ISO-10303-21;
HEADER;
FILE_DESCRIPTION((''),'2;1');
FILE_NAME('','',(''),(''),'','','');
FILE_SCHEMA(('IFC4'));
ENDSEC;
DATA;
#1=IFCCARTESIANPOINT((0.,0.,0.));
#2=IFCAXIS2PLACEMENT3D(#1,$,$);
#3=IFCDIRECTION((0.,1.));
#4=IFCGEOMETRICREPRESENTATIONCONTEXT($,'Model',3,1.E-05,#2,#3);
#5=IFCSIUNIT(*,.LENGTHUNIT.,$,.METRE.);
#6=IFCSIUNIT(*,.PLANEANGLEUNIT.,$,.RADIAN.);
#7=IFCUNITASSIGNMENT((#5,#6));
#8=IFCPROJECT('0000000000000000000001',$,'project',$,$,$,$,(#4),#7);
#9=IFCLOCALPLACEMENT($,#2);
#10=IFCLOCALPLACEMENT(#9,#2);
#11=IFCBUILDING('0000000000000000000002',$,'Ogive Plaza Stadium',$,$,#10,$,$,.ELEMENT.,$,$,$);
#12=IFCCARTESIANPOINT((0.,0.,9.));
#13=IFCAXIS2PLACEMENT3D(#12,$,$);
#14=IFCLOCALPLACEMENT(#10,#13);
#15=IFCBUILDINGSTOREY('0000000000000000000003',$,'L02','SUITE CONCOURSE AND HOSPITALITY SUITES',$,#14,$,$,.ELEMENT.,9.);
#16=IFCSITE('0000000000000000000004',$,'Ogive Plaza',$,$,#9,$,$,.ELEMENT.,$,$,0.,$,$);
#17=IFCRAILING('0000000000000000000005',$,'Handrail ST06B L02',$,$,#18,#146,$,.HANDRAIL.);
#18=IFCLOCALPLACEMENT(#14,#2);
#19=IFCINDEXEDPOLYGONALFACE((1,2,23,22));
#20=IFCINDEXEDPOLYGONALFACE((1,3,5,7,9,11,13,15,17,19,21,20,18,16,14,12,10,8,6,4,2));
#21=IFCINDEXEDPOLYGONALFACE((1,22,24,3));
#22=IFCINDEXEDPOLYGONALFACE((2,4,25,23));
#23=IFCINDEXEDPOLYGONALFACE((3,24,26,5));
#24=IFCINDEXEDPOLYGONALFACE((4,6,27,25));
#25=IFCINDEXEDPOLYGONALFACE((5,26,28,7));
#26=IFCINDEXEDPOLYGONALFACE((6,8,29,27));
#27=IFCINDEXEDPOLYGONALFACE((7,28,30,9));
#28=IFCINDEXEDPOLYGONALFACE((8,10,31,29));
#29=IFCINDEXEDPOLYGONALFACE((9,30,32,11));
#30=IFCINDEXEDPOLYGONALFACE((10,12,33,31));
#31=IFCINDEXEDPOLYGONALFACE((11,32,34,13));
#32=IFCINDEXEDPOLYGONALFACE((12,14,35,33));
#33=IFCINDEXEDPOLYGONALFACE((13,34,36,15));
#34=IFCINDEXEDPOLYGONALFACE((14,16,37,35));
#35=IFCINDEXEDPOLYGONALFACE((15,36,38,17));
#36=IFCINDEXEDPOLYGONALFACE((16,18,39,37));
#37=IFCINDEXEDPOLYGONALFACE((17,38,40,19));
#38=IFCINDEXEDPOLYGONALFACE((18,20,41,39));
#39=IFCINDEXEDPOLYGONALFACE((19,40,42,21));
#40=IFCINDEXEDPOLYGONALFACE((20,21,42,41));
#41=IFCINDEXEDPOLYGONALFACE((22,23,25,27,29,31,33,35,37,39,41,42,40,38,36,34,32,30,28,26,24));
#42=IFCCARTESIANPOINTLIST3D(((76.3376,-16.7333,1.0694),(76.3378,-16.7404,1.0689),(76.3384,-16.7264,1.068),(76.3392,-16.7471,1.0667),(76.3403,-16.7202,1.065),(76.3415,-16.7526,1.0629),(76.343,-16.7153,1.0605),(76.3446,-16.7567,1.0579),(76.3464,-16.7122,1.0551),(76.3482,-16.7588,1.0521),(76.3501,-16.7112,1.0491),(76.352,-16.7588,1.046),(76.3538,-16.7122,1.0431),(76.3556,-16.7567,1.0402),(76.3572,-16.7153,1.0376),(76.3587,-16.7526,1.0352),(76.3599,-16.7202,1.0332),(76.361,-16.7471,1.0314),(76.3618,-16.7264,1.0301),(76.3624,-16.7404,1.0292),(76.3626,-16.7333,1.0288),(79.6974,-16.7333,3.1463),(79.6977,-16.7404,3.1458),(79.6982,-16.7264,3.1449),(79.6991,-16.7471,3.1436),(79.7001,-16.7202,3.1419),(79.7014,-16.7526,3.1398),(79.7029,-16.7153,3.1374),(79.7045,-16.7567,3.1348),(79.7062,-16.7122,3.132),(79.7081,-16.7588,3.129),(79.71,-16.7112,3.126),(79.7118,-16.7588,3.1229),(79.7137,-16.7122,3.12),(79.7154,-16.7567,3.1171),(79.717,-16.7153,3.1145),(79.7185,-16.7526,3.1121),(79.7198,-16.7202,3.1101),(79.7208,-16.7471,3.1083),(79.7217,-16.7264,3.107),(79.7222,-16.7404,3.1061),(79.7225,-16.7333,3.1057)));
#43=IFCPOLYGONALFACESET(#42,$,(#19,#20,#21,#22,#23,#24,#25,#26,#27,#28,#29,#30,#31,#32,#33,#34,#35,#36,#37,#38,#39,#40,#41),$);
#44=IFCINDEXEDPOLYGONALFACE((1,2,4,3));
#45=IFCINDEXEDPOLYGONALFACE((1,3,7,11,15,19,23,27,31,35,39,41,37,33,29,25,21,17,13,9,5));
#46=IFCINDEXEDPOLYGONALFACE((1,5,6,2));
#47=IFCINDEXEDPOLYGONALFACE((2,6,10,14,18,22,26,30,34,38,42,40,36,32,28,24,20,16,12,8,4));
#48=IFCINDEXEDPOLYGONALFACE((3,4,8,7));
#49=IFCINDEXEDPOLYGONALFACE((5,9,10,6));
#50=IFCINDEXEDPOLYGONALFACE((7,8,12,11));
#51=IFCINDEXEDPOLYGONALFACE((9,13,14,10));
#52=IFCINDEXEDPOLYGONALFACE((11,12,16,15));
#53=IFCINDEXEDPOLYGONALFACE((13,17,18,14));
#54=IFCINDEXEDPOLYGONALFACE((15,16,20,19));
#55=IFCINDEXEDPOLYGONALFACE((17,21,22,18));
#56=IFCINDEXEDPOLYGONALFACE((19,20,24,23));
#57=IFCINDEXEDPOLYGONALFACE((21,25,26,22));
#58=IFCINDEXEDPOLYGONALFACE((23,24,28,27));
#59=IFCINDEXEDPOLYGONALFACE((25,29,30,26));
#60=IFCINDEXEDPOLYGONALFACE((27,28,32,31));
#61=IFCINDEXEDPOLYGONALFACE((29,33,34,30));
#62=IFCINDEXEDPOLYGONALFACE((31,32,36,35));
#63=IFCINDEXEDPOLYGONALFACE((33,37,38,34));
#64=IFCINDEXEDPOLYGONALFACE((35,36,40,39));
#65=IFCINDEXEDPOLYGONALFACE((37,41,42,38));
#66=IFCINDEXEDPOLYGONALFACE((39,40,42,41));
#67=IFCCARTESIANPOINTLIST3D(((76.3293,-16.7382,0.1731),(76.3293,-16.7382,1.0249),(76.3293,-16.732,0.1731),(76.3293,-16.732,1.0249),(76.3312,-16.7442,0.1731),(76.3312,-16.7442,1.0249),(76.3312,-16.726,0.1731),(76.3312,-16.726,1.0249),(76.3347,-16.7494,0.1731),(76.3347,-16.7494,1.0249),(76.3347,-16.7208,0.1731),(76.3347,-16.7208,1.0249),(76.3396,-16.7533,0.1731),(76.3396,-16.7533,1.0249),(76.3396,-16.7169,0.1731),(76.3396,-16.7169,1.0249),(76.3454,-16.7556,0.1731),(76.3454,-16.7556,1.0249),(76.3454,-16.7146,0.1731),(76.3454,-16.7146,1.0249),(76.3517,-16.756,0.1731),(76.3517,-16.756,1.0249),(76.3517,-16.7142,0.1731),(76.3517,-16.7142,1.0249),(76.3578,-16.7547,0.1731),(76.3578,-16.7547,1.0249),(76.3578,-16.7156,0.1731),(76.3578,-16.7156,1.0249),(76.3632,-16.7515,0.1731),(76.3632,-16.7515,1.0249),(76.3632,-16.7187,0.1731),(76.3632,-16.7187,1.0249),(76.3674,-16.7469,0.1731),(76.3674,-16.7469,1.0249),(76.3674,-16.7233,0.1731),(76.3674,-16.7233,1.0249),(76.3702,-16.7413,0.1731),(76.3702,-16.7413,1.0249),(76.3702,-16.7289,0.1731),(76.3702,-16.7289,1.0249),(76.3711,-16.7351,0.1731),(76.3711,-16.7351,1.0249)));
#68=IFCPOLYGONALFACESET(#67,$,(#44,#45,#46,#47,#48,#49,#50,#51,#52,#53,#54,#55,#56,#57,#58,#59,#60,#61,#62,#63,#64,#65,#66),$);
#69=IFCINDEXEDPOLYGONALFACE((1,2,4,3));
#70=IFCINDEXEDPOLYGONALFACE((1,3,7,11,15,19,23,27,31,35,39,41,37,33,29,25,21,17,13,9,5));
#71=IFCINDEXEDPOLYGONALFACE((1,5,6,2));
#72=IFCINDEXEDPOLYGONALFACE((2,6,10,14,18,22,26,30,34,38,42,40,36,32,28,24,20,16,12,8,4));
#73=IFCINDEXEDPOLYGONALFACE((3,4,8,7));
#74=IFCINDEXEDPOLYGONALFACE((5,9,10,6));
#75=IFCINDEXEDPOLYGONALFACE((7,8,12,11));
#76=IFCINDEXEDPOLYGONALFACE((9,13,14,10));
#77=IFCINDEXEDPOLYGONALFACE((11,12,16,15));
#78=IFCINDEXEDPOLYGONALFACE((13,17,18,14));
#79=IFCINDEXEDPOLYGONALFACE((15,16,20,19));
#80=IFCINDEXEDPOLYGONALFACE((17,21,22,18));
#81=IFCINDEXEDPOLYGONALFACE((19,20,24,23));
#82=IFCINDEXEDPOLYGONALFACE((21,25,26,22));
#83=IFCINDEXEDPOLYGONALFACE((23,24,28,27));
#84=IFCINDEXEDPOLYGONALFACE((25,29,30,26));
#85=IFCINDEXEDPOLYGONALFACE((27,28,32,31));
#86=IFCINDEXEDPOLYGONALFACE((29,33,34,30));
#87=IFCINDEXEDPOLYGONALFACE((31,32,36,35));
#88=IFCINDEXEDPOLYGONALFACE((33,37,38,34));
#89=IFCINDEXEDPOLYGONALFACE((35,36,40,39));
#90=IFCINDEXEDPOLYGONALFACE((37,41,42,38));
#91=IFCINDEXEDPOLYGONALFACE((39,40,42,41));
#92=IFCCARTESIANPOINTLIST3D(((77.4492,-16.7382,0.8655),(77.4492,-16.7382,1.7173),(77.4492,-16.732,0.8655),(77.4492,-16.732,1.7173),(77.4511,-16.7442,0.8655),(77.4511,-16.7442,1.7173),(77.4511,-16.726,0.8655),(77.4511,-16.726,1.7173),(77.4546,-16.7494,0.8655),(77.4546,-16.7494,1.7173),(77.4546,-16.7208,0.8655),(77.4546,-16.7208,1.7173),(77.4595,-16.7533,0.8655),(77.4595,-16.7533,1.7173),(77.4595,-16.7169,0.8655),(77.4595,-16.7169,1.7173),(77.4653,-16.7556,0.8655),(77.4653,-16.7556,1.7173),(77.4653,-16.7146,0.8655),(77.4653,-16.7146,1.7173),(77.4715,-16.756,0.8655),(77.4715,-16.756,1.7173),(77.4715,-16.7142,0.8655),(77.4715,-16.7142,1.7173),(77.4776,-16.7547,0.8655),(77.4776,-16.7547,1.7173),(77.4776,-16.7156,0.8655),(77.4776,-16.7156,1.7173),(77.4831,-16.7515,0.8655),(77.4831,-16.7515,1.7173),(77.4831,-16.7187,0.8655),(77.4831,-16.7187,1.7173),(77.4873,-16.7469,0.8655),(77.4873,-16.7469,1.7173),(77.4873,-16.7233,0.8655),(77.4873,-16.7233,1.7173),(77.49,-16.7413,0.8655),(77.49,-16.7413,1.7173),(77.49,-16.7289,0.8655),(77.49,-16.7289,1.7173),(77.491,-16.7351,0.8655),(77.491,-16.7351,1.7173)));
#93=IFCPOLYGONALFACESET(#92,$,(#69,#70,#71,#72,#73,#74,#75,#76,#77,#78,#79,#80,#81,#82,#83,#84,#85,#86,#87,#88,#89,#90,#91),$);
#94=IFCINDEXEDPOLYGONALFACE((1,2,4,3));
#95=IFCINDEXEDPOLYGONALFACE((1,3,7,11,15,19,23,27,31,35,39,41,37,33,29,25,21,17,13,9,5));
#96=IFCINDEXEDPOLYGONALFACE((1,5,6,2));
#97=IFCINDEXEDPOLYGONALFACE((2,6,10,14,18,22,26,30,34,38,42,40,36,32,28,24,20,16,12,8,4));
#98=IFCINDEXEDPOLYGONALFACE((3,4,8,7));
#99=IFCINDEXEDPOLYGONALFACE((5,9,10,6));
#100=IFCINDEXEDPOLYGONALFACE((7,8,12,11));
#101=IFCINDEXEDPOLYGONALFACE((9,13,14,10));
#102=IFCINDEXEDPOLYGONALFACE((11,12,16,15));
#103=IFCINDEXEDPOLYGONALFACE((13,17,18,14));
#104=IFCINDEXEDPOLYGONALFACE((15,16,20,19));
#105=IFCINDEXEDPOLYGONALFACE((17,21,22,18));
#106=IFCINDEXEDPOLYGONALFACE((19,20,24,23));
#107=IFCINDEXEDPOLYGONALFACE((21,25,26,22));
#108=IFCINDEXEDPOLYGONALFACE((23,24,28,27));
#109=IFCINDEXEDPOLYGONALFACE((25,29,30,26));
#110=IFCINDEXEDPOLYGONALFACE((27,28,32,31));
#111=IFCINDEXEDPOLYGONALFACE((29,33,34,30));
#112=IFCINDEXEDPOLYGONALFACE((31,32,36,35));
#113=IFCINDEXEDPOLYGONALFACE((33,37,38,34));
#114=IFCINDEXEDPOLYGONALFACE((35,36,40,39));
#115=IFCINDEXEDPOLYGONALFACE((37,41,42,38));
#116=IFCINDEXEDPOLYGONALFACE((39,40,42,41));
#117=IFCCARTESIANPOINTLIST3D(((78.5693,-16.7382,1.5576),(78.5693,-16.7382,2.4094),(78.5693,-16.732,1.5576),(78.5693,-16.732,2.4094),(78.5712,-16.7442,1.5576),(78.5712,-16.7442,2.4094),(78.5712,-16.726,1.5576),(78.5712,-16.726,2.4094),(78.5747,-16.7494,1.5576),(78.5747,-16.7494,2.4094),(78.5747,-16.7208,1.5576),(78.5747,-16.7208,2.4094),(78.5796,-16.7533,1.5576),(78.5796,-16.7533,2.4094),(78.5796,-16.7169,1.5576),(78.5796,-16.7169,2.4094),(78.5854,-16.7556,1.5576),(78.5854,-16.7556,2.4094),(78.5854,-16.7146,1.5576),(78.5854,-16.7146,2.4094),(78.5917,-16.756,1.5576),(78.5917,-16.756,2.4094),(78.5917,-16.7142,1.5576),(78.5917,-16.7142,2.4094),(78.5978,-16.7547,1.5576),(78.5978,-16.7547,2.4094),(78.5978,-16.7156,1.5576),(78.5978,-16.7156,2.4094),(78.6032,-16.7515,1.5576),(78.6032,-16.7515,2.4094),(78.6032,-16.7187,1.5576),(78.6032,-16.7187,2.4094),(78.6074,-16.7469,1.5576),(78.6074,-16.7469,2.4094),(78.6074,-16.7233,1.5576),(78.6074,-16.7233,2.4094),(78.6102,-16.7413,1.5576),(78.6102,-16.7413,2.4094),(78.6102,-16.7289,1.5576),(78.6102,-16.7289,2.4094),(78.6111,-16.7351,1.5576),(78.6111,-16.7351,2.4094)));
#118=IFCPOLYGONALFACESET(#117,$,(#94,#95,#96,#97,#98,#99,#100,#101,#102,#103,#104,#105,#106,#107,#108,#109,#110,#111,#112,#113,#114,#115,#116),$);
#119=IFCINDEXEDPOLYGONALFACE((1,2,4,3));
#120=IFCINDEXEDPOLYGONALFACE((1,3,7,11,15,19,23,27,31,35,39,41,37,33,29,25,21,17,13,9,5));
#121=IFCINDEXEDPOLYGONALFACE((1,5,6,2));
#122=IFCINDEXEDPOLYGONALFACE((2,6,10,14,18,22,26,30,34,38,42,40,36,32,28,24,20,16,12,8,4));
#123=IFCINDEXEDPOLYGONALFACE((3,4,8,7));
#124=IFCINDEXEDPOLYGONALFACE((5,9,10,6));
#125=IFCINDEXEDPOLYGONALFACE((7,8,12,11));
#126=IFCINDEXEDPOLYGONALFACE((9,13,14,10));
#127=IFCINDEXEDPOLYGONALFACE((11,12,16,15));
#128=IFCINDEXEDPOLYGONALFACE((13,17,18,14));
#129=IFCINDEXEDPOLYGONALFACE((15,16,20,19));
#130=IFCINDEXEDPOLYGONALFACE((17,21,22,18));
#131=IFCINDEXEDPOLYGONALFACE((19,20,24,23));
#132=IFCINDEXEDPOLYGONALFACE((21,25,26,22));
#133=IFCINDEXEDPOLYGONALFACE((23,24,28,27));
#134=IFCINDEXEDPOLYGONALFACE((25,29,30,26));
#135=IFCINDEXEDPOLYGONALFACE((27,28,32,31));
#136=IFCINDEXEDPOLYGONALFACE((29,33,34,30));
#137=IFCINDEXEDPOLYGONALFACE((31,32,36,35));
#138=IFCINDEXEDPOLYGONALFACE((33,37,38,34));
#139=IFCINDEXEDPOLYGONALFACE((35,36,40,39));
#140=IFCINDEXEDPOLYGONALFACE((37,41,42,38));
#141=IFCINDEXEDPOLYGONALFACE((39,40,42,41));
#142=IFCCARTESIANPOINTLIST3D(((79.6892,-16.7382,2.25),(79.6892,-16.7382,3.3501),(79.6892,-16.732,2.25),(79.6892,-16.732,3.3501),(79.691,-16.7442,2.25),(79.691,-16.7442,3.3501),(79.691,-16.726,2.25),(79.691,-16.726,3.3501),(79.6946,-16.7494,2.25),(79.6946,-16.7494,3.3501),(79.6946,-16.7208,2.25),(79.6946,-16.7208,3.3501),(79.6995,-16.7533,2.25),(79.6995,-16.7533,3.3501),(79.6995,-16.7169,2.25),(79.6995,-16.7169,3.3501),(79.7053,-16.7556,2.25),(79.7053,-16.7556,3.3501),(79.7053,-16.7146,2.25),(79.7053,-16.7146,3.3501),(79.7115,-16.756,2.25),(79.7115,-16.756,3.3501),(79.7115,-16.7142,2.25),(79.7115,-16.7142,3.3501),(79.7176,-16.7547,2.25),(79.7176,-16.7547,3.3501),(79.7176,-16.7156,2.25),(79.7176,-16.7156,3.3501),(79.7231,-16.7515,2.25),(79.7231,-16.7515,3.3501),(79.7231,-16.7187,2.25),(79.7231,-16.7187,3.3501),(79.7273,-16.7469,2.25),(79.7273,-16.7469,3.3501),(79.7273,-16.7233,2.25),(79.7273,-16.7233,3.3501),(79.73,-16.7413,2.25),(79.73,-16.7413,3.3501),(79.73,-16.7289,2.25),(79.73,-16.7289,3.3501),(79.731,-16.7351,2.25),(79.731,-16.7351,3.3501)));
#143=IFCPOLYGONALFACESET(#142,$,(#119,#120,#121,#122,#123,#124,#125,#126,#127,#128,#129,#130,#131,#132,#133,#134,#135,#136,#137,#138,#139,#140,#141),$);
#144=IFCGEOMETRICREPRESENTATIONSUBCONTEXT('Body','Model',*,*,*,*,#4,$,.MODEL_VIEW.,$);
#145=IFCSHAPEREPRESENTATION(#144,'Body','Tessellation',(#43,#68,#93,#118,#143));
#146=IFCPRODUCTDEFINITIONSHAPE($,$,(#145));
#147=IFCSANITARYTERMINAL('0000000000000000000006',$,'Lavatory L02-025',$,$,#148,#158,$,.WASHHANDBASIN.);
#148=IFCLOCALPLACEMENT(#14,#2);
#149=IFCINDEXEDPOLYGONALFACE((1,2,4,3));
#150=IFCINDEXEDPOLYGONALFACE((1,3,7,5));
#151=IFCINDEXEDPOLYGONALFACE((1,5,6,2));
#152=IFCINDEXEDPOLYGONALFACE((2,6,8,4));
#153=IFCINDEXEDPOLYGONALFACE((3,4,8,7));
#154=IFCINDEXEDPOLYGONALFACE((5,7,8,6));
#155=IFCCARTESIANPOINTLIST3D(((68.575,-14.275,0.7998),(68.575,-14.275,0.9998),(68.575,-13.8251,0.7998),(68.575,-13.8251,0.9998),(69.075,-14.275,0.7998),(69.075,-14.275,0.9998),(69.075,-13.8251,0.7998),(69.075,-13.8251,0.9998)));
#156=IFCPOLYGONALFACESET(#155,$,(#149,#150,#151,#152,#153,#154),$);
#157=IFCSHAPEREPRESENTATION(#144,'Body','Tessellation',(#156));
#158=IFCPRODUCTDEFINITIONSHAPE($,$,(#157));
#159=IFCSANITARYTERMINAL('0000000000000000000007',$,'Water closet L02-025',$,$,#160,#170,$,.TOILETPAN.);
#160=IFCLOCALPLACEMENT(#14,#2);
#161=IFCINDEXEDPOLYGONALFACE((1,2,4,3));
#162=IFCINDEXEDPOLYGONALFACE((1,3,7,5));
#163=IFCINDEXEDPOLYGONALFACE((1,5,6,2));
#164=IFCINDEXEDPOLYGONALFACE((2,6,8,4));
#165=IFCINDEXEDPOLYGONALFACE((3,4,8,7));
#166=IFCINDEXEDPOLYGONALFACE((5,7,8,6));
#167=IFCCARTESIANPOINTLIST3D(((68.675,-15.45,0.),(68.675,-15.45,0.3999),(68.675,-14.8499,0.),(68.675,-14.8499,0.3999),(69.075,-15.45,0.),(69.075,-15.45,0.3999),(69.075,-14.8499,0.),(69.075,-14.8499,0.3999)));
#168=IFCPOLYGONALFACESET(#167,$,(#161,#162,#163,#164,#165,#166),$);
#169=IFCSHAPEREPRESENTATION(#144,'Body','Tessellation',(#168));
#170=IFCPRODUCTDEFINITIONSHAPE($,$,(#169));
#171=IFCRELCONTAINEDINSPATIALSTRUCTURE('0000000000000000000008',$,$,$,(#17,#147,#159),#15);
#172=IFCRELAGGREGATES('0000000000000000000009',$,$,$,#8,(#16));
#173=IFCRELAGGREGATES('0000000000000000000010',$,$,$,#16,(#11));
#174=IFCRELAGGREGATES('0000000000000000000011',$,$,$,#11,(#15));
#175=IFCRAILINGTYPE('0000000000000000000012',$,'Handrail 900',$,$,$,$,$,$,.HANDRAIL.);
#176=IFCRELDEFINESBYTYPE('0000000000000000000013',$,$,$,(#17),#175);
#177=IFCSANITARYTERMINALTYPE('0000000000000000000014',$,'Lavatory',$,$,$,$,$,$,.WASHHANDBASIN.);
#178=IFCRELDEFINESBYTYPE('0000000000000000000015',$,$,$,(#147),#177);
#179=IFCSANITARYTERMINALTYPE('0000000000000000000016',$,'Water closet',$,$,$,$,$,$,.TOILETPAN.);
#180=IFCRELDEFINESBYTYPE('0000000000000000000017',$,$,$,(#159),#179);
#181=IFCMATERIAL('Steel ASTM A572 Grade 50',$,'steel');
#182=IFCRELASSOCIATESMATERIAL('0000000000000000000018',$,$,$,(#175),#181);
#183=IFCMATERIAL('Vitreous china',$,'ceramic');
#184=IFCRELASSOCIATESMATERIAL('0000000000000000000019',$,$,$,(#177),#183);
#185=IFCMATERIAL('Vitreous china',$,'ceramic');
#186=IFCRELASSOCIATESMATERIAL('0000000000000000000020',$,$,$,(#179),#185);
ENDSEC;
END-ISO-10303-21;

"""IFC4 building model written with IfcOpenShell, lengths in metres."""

from ifc_helpers import new_model, si_unit, direction, frame, origin, origin_2d, place, context, subcontext, project, spatial, rectangle, circle, extrude, material, type_object, element, save


model = new_model("IFC4")

# Units and contexts
model_context = context("Model", 3, precision=1e-05, world=origin(), true_north=direction((0.0, 1.0)))
body_context = subcontext(model_context, "Body", "Model", "MODEL_VIEW")
ifc_project = project(units=[si_unit("LENGTHUNIT", "METRE"), si_unit("PLANEANGLEUNIT", "RADIAN")], contexts=[model_context])

# Site, building, storey
site_placement = place(None, origin())
site = spatial("IfcSite", under=ifc_project, at=site_placement, Name="Ogive Plaza", CompositionType="ELEMENT", RefElevation=0.0)
building_placement = place(site_placement, origin())
building = spatial("IfcBuilding", under=site, at=building_placement, Name="Ogive Plaza Stadium", CompositionType="ELEMENT")
storey_placement = place(building_placement, frame((0.0, 0.0, 9.0)))
storey = spatial("IfcBuildingStorey", under=building, at=storey_placement, Name="L02", Description="SUITE CONCOURSE AND HOSPITALITY SUITES", CompositionType="ELEMENT", Elevation=9.0)

# Railing
ifc_material_1 = material(Name="Steel ASTM A572 Grade 50", Category="steel")
railing_type_1 = type_object("IfcRailingType", Name="Handrail 900", PredefinedType="HANDRAIL", material=ifc_material_1)
for number, where, name in (
    (1, (76.3501, -16.7351, 0.1731), "Handrail ST06B L02"),
):
    element("IfcRailing", number, at=place(storey_placement, frame(where)), inside=storey, type_object=railing_type_1, Name=name, PredefinedType="HANDRAIL", context=body_context, shape_type="SweptSolid", body=[
        extrude(circle(Radius=0.0239, at=origin_2d()), frame((0.0, 0.0, 0.876), z_axis=(0.850606, 0.0, 0.525803), x_axis=(0.0, 1.0, 0.0)), (0.0, 0.0, 1.0), 3.95),
        extrude(circle(Radius=0.021, at=origin_2d()), origin(), (0.0, 0.0, 1.0), 0.8518),
        extrude(circle(Radius=0.021, at=origin_2d()), frame((1.1199, 0.0, 0.6924)), (0.0, 0.0, 1.0), 0.8518),
        extrude(circle(Radius=0.021, at=origin_2d()), frame((2.24, 0.0, 1.3845)), (0.0, 0.0, 1.0), 0.8518),
        extrude(circle(Radius=0.021, at=origin_2d()), frame((3.3599, 0.0, 2.0769)), (0.0, 0.0, 1.0), 1.1001),
    ])

# Sanitary terminals
ifc_material_2 = material(Name="Vitreous china", Category="ceramic")
sanitary_terminal_type_1 = type_object("IfcSanitaryTerminalType", Name="Lavatory", PredefinedType="WASHHANDBASIN", material=ifc_material_2)
sanitary_terminal_1_placement = place(storey_placement, frame((68.825, -14.05, 0.7998), z_axis=(0.0, 0.0, 1.0), x_axis=(-1.0, 0.0, 0.0)))
element("IfcSanitaryTerminal", 2, at=sanitary_terminal_1_placement, inside=storey, type_object=sanitary_terminal_type_1, Name="Lavatory L02-025", PredefinedType="WASHHANDBASIN", context=body_context, shape_type="SweptSolid", body=[
    extrude(rectangle(XDim=0.5, YDim=0.45, at=origin_2d()), origin(), (0.0, 0.0, 1.0), 0.2),
])
ifc_material_3 = material(Name="Vitreous china", Category="ceramic")
sanitary_terminal_type_2 = type_object("IfcSanitaryTerminalType", Name="Water closet", PredefinedType="TOILETPAN", material=ifc_material_3)
sanitary_terminal_2_placement = place(storey_placement, frame((68.875, -15.1499, 0.0), z_axis=(0.0, 0.0, 1.0), x_axis=(-1.0, 0.0, 0.0)))
element("IfcSanitaryTerminal", 3, at=sanitary_terminal_2_placement, inside=storey, type_object=sanitary_terminal_type_2, Name="Water closet L02-025", PredefinedType="TOILETPAN", context=body_context, shape_type="SweptSolid", body=[
    extrude(rectangle(XDim=0.3999, YDim=0.6001, at=origin_2d()), origin(), (0.0, 0.0, 1.0), 0.3999),
])

save(model, "model.ifc")
